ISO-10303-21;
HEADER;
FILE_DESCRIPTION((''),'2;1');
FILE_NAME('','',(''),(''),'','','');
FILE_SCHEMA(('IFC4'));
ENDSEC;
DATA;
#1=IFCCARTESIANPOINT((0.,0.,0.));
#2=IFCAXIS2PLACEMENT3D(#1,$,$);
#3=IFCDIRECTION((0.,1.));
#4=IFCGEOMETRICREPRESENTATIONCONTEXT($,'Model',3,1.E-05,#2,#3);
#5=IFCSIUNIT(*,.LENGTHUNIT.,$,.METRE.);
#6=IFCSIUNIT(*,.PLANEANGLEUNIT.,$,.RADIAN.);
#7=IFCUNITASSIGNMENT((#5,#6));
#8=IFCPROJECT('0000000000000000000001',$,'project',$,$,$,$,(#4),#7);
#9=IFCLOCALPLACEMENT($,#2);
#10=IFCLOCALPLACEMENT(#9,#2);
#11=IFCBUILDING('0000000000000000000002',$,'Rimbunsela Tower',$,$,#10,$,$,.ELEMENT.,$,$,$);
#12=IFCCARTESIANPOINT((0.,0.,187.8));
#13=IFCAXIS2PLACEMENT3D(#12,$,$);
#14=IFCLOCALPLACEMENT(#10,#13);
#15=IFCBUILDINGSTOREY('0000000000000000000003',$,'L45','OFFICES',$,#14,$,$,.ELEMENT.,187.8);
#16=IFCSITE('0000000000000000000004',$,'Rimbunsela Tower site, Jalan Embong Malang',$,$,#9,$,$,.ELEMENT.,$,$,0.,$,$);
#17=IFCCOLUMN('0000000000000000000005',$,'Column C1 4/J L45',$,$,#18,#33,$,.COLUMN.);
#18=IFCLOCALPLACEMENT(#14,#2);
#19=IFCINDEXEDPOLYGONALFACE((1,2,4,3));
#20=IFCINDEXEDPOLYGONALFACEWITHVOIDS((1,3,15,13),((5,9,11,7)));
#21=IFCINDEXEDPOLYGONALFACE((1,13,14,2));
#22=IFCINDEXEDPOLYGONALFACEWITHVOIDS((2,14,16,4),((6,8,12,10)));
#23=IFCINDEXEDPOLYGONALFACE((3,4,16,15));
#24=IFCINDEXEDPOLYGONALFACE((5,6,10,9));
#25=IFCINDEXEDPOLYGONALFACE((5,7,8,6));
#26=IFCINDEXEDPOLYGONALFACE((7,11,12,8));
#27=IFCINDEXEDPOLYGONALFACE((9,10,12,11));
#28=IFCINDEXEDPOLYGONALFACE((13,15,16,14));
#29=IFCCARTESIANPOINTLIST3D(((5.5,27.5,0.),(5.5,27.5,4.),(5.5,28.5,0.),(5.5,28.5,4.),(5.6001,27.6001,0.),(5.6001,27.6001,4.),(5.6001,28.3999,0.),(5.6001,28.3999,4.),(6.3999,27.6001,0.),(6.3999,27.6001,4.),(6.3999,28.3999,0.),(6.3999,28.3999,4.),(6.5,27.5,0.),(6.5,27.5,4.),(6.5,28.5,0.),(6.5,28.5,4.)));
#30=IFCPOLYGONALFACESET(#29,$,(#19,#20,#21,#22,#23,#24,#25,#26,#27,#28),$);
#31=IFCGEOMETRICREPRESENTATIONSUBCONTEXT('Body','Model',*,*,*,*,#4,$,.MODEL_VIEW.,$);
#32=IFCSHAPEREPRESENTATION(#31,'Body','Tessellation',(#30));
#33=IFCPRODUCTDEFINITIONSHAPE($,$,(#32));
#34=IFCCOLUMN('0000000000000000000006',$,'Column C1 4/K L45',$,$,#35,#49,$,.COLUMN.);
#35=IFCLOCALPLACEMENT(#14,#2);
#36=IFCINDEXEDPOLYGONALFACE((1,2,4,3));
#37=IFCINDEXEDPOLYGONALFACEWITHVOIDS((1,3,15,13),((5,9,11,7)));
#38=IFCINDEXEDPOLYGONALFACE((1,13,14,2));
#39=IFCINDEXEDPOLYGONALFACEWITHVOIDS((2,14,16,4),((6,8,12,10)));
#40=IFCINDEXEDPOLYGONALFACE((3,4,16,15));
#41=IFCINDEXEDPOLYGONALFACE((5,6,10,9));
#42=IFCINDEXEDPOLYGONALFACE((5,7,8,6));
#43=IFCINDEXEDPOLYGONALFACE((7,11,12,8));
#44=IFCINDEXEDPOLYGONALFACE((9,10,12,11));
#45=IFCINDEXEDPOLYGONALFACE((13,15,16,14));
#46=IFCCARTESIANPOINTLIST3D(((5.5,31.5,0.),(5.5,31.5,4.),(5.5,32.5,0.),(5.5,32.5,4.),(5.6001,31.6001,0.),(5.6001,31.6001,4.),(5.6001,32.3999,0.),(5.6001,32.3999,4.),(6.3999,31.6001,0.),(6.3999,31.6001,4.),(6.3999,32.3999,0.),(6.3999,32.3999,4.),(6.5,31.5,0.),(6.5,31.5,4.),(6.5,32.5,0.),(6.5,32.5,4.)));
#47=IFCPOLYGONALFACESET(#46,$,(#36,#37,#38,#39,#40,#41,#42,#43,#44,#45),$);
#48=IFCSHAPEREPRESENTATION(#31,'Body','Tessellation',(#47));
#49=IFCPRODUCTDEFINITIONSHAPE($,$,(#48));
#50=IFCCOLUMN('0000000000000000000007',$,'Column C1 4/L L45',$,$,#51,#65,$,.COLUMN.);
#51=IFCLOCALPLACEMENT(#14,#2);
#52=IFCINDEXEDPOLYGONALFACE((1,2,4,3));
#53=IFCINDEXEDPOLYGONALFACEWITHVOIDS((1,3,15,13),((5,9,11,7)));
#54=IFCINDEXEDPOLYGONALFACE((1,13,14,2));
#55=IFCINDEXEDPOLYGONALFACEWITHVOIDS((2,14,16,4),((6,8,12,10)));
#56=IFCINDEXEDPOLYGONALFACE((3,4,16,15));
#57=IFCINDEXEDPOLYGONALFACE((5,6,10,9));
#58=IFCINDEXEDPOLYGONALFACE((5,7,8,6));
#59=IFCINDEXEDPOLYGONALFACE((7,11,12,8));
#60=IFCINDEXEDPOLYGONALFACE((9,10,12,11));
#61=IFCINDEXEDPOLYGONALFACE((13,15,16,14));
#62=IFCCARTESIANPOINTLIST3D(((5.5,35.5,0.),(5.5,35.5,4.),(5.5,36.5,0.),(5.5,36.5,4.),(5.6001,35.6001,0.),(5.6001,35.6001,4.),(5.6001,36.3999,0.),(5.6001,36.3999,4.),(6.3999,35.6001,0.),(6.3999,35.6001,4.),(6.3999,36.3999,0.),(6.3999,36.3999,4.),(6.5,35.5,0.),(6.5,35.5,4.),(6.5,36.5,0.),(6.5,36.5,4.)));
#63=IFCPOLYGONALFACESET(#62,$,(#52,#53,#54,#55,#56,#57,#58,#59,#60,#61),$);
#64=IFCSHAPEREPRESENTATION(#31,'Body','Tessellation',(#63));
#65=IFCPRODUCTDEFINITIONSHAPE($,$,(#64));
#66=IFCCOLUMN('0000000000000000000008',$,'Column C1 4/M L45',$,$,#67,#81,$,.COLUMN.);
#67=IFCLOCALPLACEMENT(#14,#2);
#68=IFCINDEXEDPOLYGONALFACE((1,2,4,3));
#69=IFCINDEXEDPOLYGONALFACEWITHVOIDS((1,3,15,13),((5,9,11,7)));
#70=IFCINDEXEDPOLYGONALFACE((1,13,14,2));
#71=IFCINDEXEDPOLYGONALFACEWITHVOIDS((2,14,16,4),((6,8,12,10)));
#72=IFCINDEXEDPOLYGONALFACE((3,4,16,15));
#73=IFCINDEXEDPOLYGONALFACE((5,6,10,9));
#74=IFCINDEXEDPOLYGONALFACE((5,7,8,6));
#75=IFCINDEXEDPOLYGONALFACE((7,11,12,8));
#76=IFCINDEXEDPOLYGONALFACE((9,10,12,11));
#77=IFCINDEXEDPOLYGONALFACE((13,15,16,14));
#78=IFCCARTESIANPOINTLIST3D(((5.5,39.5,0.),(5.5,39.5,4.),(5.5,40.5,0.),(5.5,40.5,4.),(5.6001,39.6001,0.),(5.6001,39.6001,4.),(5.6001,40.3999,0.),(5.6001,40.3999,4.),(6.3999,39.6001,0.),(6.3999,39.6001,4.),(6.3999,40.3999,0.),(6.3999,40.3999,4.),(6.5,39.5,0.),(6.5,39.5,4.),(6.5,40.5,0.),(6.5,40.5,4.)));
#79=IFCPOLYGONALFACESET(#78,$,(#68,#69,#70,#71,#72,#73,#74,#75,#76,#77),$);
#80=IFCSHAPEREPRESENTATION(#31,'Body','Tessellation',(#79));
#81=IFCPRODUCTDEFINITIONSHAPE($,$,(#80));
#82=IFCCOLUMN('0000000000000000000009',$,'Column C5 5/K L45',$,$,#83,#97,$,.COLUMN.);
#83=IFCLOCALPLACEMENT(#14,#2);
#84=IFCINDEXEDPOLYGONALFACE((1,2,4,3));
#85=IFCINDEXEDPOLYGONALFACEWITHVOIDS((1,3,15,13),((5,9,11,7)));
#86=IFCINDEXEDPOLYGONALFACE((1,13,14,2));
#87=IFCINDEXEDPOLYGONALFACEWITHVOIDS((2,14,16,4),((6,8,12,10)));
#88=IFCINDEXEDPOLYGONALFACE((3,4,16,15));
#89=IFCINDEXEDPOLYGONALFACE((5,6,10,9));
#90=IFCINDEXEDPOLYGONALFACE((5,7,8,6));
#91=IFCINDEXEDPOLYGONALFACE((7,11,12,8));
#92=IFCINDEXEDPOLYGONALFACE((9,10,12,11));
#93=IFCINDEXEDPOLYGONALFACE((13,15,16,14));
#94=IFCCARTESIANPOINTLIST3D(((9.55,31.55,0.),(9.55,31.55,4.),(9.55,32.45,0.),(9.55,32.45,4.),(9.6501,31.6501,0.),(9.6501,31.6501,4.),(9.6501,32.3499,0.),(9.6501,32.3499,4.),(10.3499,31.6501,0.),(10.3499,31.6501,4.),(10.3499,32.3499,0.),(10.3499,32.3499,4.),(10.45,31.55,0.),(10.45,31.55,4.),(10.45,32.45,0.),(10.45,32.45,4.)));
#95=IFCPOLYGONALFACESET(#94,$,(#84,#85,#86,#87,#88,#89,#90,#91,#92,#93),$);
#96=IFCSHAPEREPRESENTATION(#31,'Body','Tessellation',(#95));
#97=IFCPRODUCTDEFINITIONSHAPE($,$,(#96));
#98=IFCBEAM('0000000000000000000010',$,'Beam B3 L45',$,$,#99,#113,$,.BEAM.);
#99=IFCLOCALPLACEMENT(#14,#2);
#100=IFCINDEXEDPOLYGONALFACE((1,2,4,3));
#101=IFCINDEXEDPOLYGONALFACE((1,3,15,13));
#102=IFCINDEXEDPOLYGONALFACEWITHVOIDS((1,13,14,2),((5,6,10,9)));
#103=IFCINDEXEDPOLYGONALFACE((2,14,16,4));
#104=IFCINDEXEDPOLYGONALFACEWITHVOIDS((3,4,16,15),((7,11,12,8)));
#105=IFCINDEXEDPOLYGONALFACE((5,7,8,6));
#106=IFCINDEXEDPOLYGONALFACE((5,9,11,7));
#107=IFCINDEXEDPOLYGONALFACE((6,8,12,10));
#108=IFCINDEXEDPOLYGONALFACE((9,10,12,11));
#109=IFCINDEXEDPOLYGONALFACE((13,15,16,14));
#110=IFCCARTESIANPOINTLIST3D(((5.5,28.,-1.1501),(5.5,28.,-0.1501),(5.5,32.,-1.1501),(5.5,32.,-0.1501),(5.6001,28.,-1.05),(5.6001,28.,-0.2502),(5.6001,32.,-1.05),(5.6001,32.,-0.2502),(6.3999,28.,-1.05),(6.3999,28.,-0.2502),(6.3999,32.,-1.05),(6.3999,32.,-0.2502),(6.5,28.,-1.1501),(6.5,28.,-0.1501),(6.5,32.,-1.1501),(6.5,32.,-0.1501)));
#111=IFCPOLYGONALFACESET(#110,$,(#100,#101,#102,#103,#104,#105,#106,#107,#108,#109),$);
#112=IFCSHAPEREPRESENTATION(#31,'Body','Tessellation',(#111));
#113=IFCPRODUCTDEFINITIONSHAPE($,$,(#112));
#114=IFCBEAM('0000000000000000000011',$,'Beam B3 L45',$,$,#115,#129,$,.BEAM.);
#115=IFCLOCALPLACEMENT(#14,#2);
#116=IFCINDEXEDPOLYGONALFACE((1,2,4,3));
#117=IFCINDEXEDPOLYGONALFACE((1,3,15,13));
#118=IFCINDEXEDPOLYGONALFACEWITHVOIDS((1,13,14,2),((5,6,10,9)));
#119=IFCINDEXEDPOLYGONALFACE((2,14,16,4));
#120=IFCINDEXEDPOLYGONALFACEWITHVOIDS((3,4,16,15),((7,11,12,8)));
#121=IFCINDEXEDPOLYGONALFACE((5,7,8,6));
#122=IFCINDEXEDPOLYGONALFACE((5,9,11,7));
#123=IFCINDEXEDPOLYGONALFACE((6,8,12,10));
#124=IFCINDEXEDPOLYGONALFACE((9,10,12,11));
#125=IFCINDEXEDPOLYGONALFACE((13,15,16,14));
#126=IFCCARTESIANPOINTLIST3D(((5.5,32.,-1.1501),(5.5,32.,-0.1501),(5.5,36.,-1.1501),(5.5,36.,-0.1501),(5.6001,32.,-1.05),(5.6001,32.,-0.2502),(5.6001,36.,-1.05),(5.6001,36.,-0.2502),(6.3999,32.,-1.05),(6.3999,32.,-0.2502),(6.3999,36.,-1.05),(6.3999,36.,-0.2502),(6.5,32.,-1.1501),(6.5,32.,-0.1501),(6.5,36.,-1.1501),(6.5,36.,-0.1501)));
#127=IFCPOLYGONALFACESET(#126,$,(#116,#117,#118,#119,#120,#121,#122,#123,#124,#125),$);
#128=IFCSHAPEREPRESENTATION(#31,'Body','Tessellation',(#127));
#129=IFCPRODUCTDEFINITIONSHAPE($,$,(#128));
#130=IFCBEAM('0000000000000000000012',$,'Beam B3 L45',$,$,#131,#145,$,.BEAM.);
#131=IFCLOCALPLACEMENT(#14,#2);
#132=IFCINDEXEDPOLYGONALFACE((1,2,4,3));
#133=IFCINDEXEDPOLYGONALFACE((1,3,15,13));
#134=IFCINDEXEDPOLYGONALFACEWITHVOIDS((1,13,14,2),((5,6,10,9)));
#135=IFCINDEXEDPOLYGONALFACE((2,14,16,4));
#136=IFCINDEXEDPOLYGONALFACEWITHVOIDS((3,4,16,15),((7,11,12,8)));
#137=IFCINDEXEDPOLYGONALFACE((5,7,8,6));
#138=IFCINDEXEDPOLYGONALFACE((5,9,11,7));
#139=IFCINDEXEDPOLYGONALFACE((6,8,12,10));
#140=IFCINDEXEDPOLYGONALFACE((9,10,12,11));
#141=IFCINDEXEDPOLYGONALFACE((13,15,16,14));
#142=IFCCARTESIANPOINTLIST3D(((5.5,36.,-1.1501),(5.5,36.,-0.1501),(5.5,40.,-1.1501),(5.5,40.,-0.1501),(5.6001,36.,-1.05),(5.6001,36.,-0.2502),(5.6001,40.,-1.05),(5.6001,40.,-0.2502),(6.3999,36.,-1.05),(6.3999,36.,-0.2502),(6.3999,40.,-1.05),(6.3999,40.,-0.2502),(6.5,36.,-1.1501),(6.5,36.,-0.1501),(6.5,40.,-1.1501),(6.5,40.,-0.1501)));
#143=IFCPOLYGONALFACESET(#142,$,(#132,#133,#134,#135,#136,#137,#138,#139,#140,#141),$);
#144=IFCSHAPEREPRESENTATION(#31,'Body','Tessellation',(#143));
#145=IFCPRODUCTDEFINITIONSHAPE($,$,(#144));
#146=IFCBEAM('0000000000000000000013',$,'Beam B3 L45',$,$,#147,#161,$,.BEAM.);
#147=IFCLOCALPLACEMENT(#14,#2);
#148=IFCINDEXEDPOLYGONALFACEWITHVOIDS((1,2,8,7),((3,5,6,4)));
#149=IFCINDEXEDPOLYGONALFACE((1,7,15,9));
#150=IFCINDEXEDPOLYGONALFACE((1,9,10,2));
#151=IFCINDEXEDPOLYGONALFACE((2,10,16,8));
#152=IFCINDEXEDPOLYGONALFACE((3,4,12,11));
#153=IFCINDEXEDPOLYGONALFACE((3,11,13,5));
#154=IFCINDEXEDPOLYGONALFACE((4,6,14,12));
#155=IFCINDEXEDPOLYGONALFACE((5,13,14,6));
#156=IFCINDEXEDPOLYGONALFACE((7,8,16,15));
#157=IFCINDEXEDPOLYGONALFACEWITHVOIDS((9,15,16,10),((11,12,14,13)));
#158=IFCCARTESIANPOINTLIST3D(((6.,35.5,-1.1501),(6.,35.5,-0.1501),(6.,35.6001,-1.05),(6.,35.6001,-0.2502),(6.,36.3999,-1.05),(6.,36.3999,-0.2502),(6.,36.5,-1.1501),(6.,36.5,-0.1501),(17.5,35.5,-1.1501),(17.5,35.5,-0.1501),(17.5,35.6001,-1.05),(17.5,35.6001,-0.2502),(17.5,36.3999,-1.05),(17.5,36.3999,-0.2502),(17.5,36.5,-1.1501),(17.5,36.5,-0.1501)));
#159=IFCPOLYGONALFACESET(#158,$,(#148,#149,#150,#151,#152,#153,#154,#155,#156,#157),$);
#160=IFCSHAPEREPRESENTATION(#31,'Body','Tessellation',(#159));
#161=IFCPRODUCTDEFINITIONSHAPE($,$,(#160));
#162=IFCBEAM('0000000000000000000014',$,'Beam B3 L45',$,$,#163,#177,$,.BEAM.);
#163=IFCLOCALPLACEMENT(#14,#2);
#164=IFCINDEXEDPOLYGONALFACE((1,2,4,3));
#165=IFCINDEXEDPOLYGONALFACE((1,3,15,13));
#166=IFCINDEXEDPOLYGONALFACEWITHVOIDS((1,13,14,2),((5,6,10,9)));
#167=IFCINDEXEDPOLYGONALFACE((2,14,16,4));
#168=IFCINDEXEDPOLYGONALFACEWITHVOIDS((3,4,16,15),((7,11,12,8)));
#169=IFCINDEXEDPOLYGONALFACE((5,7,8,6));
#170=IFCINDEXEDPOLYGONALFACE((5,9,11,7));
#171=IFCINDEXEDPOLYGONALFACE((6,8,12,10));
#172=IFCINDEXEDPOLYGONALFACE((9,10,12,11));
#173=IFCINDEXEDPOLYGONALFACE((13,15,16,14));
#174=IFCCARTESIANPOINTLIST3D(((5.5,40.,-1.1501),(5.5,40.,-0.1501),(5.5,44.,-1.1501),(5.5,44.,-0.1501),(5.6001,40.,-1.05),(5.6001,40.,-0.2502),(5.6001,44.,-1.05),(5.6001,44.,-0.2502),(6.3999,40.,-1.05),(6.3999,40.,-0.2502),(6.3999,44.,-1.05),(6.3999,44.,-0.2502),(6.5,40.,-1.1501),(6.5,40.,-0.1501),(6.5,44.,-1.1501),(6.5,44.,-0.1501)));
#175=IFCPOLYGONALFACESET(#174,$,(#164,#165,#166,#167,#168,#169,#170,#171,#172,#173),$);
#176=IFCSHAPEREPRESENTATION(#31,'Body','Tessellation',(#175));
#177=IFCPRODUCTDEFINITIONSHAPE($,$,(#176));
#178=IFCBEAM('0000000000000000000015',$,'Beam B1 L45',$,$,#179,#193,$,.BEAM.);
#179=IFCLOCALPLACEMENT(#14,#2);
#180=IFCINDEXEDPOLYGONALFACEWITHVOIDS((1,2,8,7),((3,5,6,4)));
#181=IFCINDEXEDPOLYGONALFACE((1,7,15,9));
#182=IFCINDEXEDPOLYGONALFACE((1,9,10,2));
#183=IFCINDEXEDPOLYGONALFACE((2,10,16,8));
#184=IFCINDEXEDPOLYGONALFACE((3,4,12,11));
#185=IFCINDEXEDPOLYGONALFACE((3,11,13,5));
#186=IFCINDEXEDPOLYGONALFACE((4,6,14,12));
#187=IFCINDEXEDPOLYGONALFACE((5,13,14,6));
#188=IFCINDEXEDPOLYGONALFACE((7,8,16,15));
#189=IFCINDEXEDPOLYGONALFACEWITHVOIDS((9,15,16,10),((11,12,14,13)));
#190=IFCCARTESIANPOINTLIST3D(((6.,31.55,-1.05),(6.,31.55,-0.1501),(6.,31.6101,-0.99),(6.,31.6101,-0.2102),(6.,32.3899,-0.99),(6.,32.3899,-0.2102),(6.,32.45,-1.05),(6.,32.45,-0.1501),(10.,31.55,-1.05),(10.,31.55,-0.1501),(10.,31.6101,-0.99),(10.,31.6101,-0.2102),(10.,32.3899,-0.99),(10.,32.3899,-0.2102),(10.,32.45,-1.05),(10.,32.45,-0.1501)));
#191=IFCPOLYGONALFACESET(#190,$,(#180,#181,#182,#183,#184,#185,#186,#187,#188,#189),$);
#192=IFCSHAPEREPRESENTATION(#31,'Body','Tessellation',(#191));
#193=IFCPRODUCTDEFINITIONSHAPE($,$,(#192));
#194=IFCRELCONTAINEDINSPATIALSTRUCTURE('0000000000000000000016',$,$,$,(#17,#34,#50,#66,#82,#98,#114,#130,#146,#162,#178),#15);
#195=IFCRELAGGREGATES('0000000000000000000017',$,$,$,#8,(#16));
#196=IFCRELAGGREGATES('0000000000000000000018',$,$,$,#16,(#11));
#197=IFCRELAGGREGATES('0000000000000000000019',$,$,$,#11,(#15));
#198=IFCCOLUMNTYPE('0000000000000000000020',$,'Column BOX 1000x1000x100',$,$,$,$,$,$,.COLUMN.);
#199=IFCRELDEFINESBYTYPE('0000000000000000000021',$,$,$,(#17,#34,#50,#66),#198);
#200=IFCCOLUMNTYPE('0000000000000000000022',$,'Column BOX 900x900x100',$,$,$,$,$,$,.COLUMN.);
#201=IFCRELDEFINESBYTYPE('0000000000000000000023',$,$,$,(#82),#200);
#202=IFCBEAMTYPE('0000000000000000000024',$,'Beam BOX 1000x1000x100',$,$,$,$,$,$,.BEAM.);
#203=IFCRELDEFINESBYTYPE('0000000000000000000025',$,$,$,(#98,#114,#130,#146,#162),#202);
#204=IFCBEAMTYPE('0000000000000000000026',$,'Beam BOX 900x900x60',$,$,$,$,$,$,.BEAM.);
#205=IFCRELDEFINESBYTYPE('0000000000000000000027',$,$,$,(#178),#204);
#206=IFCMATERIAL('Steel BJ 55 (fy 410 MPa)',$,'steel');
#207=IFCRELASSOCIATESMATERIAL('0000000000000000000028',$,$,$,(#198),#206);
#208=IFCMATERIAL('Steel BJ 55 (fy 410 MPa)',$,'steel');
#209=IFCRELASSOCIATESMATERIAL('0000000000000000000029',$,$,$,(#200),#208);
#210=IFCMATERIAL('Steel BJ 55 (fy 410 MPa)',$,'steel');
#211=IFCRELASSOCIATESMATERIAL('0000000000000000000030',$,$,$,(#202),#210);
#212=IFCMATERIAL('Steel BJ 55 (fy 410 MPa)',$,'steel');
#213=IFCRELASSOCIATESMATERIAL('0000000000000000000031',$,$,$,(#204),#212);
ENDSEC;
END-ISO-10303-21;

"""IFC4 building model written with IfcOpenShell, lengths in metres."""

from ifc_helpers import new_model, si_unit, direction, frame, origin, origin_2d, place, context, subcontext, project, spatial, hollow_rectangle, extrude, material, material_profile, profile_set, type_object, element, save


model = new_model("IFC4")

# Units and contexts
model_context = context("Model", 3, precision=1e-05, world=origin(), true_north=direction((0.0, 1.0)))
body_context = subcontext(model_context, "Body", "Model", "MODEL_VIEW")
ifc_project = project(units=[si_unit("LENGTHUNIT", "METRE"), si_unit("PLANEANGLEUNIT", "RADIAN")], contexts=[model_context])

# Site, building, storey
site_placement = place(None, origin())
site = spatial("IfcSite", under=ifc_project, at=site_placement, Name="Rimbunsela Tower site, Jalan Embong Malang", CompositionType="ELEMENT", RefElevation=0.0)
building_placement = place(site_placement, origin())
building = spatial("IfcBuilding", under=site, at=building_placement, Name="Rimbunsela Tower", CompositionType="ELEMENT")
storey_placement = place(building_placement, frame((0.0, 0.0, 187.8)))
storey = spatial("IfcBuildingStorey", under=building, at=storey_placement, Name="L45", Description="OFFICES", CompositionType="ELEMENT", Elevation=187.8)

# Columns
ifc_material_1 = material(Name="Steel BJ 55 (fy 410 MPa)", Category="steel")
ifc_material_profile_1 = material_profile(ifc_material_1, hollow_rectangle(XDim=1.0, YDim=1.0, WallThickness=0.1001, at=origin_2d()), Name="BOX 1000x1000x100")
ifc_profile_set_1 = profile_set([ifc_material_profile_1], Name="Steel BJ 55 (fy 410 MPa)")
column_type_1 = type_object("IfcColumnType", Name="Column BOX 1000x1000x100", PredefinedType="COLUMN", material=ifc_profile_set_1)
for number, where, z_axis, x_axis, name in (
    (1, (6.0, 28.0, 0.0), (0.0, 0.0, 1.0), (1.0, 0.0, 0.0), "Column C1 4/J L45"),
    (2, (6.0, 32.0, 0.0), (0.0, 0.0, 1.0), (1.0, 0.0, 0.0), "Column C1 4/K L45"),
    (3, (6.0, 36.0, 0.0), (0.0, 0.0, 1.0), (1.0, 0.0, 0.0), "Column C1 4/L L45"),
    (4, (6.0, 40.0, 0.0), (0.0, 0.0, 1.0), (1.0, 0.0, 0.0), "Column C1 4/M L45"),
):
    element("IfcColumn", number, at=place(storey_placement, frame(where, z_axis=z_axis, x_axis=x_axis)), inside=storey, type_object=column_type_1, Name=name, PredefinedType="COLUMN", context=body_context, shape_type="SweptSolid", body=[
        extrude(hollow_rectangle(XDim=1.0, YDim=1.0, WallThickness=0.1001, at=origin_2d()), origin(), (0.0, 0.0, 1.0), 4.0),
    ])
ifc_material_2 = material(Name="Steel BJ 55 (fy 410 MPa)", Category="steel")
ifc_material_profile_2 = material_profile(ifc_material_2, hollow_rectangle(XDim=0.8999, YDim=0.8999, WallThickness=0.1001, at=origin_2d()), Name="BOX 900x900x100")
ifc_profile_set_2 = profile_set([ifc_material_profile_2], Name="Steel BJ 55 (fy 410 MPa)")
column_type_2 = type_object("IfcColumnType", Name="Column BOX 900x900x100", PredefinedType="COLUMN", material=ifc_profile_set_2)
column_placement = place(storey_placement, frame((10.0, 32.0, 0.0), z_axis=(0.0, 0.0, 1.0), x_axis=(1.0, 0.0, 0.0)))
element("IfcColumn", 5, at=column_placement, inside=storey, type_object=column_type_2, Name="Column C5 5/K L45", PredefinedType="COLUMN", context=body_context, shape_type="SweptSolid", body=[
    extrude(hollow_rectangle(XDim=0.8999, YDim=0.8999, WallThickness=0.1001, at=origin_2d()), origin(), (0.0, 0.0, 1.0), 4.0),
])

# Beams
ifc_material_3 = material(Name="Steel BJ 55 (fy 410 MPa)", Category="steel")
ifc_material_profile_3 = material_profile(ifc_material_3, hollow_rectangle(XDim=1.0, YDim=1.0, WallThickness=0.1001, at=origin_2d()), Name="BOX 1000x1000x100")
ifc_profile_set_3 = profile_set([ifc_material_profile_3], Name="Steel BJ 55 (fy 410 MPa)")
beam_type_1 = type_object("IfcBeamType", Name="Beam BOX 1000x1000x100", PredefinedType="BEAM", material=ifc_profile_set_3)
for number, where, z_axis, x_axis, name in (
    (6, (6.0, 28.0, -0.6501), (0.0, 1.0, 0.0), (-1.0, 0.0, 0.0), "Beam B3 L45"),
    (7, (6.0, 32.0, -0.6501), (0.0, 1.0, 0.0), (-1.0, 0.0, 0.0), "Beam B3 L45"),
    (8, (6.0, 36.0, -0.6501), (0.0, 1.0, 0.0), (-1.0, 0.0, 0.0), "Beam B3 L45"),
):
    element("IfcBeam", number, at=place(storey_placement, frame(where, z_axis=z_axis, x_axis=x_axis)), inside=storey, type_object=beam_type_1, Name=name, PredefinedType="BEAM", context=body_context, shape_type="SweptSolid", body=[
        extrude(hollow_rectangle(XDim=1.0, YDim=1.0, WallThickness=0.1001, at=origin_2d()), origin(), (0.0, 0.0, 1.0), 4.0),
    ])
beam_1_placement = place(storey_placement, frame((6.0, 36.0, -0.6501), z_axis=(1.0, 0.0, 0.0), x_axis=(0.0, 1.0, 0.0)))
element("IfcBeam", 9, at=beam_1_placement, inside=storey, type_object=beam_type_1, Name="Beam B3 L45", PredefinedType="BEAM", context=body_context, shape_type="SweptSolid", body=[
    extrude(hollow_rectangle(XDim=1.0, YDim=1.0, WallThickness=0.1001, at=origin_2d()), origin(), (0.0, 0.0, 1.0), 11.5),
])
beam_2_placement = place(storey_placement, frame((6.0, 40.0, -0.6501), z_axis=(0.0, 1.0, 0.0), x_axis=(-1.0, 0.0, 0.0)))
element("IfcBeam", 10, at=beam_2_placement, inside=storey, type_object=beam_type_1, Name="Beam B3 L45", PredefinedType="BEAM", context=body_context, shape_type="SweptSolid", body=[
    extrude(hollow_rectangle(XDim=1.0, YDim=1.0, WallThickness=0.1001, at=origin_2d()), origin(), (0.0, 0.0, 1.0), 4.0),
])
ifc_material_4 = material(Name="Steel BJ 55 (fy 410 MPa)", Category="steel")
ifc_material_profile_4 = material_profile(ifc_material_4, hollow_rectangle(XDim=0.8999, YDim=0.8999, WallThickness=0.0601, at=origin_2d()), Name="BOX 900x900x60")
ifc_profile_set_4 = profile_set([ifc_material_profile_4], Name="Steel BJ 55 (fy 410 MPa)")
beam_type_2 = type_object("IfcBeamType", Name="Beam BOX 900x900x60", PredefinedType="BEAM", material=ifc_profile_set_4)
beam_3_placement = place(storey_placement, frame((6.0, 32.0, -0.6001), z_axis=(1.0, 0.0, 0.0), x_axis=(0.0, 1.0, 0.0)))
element("IfcBeam", 11, at=beam_3_placement, inside=storey, type_object=beam_type_2, Name="Beam B1 L45", PredefinedType="BEAM", context=body_context, shape_type="SweptSolid", body=[
    extrude(hollow_rectangle(XDim=0.8999, YDim=0.8999, WallThickness=0.0601, at=origin_2d()), origin(), (0.0, 0.0, 1.0), 4.0),
])

save(model, "model.ifc")
